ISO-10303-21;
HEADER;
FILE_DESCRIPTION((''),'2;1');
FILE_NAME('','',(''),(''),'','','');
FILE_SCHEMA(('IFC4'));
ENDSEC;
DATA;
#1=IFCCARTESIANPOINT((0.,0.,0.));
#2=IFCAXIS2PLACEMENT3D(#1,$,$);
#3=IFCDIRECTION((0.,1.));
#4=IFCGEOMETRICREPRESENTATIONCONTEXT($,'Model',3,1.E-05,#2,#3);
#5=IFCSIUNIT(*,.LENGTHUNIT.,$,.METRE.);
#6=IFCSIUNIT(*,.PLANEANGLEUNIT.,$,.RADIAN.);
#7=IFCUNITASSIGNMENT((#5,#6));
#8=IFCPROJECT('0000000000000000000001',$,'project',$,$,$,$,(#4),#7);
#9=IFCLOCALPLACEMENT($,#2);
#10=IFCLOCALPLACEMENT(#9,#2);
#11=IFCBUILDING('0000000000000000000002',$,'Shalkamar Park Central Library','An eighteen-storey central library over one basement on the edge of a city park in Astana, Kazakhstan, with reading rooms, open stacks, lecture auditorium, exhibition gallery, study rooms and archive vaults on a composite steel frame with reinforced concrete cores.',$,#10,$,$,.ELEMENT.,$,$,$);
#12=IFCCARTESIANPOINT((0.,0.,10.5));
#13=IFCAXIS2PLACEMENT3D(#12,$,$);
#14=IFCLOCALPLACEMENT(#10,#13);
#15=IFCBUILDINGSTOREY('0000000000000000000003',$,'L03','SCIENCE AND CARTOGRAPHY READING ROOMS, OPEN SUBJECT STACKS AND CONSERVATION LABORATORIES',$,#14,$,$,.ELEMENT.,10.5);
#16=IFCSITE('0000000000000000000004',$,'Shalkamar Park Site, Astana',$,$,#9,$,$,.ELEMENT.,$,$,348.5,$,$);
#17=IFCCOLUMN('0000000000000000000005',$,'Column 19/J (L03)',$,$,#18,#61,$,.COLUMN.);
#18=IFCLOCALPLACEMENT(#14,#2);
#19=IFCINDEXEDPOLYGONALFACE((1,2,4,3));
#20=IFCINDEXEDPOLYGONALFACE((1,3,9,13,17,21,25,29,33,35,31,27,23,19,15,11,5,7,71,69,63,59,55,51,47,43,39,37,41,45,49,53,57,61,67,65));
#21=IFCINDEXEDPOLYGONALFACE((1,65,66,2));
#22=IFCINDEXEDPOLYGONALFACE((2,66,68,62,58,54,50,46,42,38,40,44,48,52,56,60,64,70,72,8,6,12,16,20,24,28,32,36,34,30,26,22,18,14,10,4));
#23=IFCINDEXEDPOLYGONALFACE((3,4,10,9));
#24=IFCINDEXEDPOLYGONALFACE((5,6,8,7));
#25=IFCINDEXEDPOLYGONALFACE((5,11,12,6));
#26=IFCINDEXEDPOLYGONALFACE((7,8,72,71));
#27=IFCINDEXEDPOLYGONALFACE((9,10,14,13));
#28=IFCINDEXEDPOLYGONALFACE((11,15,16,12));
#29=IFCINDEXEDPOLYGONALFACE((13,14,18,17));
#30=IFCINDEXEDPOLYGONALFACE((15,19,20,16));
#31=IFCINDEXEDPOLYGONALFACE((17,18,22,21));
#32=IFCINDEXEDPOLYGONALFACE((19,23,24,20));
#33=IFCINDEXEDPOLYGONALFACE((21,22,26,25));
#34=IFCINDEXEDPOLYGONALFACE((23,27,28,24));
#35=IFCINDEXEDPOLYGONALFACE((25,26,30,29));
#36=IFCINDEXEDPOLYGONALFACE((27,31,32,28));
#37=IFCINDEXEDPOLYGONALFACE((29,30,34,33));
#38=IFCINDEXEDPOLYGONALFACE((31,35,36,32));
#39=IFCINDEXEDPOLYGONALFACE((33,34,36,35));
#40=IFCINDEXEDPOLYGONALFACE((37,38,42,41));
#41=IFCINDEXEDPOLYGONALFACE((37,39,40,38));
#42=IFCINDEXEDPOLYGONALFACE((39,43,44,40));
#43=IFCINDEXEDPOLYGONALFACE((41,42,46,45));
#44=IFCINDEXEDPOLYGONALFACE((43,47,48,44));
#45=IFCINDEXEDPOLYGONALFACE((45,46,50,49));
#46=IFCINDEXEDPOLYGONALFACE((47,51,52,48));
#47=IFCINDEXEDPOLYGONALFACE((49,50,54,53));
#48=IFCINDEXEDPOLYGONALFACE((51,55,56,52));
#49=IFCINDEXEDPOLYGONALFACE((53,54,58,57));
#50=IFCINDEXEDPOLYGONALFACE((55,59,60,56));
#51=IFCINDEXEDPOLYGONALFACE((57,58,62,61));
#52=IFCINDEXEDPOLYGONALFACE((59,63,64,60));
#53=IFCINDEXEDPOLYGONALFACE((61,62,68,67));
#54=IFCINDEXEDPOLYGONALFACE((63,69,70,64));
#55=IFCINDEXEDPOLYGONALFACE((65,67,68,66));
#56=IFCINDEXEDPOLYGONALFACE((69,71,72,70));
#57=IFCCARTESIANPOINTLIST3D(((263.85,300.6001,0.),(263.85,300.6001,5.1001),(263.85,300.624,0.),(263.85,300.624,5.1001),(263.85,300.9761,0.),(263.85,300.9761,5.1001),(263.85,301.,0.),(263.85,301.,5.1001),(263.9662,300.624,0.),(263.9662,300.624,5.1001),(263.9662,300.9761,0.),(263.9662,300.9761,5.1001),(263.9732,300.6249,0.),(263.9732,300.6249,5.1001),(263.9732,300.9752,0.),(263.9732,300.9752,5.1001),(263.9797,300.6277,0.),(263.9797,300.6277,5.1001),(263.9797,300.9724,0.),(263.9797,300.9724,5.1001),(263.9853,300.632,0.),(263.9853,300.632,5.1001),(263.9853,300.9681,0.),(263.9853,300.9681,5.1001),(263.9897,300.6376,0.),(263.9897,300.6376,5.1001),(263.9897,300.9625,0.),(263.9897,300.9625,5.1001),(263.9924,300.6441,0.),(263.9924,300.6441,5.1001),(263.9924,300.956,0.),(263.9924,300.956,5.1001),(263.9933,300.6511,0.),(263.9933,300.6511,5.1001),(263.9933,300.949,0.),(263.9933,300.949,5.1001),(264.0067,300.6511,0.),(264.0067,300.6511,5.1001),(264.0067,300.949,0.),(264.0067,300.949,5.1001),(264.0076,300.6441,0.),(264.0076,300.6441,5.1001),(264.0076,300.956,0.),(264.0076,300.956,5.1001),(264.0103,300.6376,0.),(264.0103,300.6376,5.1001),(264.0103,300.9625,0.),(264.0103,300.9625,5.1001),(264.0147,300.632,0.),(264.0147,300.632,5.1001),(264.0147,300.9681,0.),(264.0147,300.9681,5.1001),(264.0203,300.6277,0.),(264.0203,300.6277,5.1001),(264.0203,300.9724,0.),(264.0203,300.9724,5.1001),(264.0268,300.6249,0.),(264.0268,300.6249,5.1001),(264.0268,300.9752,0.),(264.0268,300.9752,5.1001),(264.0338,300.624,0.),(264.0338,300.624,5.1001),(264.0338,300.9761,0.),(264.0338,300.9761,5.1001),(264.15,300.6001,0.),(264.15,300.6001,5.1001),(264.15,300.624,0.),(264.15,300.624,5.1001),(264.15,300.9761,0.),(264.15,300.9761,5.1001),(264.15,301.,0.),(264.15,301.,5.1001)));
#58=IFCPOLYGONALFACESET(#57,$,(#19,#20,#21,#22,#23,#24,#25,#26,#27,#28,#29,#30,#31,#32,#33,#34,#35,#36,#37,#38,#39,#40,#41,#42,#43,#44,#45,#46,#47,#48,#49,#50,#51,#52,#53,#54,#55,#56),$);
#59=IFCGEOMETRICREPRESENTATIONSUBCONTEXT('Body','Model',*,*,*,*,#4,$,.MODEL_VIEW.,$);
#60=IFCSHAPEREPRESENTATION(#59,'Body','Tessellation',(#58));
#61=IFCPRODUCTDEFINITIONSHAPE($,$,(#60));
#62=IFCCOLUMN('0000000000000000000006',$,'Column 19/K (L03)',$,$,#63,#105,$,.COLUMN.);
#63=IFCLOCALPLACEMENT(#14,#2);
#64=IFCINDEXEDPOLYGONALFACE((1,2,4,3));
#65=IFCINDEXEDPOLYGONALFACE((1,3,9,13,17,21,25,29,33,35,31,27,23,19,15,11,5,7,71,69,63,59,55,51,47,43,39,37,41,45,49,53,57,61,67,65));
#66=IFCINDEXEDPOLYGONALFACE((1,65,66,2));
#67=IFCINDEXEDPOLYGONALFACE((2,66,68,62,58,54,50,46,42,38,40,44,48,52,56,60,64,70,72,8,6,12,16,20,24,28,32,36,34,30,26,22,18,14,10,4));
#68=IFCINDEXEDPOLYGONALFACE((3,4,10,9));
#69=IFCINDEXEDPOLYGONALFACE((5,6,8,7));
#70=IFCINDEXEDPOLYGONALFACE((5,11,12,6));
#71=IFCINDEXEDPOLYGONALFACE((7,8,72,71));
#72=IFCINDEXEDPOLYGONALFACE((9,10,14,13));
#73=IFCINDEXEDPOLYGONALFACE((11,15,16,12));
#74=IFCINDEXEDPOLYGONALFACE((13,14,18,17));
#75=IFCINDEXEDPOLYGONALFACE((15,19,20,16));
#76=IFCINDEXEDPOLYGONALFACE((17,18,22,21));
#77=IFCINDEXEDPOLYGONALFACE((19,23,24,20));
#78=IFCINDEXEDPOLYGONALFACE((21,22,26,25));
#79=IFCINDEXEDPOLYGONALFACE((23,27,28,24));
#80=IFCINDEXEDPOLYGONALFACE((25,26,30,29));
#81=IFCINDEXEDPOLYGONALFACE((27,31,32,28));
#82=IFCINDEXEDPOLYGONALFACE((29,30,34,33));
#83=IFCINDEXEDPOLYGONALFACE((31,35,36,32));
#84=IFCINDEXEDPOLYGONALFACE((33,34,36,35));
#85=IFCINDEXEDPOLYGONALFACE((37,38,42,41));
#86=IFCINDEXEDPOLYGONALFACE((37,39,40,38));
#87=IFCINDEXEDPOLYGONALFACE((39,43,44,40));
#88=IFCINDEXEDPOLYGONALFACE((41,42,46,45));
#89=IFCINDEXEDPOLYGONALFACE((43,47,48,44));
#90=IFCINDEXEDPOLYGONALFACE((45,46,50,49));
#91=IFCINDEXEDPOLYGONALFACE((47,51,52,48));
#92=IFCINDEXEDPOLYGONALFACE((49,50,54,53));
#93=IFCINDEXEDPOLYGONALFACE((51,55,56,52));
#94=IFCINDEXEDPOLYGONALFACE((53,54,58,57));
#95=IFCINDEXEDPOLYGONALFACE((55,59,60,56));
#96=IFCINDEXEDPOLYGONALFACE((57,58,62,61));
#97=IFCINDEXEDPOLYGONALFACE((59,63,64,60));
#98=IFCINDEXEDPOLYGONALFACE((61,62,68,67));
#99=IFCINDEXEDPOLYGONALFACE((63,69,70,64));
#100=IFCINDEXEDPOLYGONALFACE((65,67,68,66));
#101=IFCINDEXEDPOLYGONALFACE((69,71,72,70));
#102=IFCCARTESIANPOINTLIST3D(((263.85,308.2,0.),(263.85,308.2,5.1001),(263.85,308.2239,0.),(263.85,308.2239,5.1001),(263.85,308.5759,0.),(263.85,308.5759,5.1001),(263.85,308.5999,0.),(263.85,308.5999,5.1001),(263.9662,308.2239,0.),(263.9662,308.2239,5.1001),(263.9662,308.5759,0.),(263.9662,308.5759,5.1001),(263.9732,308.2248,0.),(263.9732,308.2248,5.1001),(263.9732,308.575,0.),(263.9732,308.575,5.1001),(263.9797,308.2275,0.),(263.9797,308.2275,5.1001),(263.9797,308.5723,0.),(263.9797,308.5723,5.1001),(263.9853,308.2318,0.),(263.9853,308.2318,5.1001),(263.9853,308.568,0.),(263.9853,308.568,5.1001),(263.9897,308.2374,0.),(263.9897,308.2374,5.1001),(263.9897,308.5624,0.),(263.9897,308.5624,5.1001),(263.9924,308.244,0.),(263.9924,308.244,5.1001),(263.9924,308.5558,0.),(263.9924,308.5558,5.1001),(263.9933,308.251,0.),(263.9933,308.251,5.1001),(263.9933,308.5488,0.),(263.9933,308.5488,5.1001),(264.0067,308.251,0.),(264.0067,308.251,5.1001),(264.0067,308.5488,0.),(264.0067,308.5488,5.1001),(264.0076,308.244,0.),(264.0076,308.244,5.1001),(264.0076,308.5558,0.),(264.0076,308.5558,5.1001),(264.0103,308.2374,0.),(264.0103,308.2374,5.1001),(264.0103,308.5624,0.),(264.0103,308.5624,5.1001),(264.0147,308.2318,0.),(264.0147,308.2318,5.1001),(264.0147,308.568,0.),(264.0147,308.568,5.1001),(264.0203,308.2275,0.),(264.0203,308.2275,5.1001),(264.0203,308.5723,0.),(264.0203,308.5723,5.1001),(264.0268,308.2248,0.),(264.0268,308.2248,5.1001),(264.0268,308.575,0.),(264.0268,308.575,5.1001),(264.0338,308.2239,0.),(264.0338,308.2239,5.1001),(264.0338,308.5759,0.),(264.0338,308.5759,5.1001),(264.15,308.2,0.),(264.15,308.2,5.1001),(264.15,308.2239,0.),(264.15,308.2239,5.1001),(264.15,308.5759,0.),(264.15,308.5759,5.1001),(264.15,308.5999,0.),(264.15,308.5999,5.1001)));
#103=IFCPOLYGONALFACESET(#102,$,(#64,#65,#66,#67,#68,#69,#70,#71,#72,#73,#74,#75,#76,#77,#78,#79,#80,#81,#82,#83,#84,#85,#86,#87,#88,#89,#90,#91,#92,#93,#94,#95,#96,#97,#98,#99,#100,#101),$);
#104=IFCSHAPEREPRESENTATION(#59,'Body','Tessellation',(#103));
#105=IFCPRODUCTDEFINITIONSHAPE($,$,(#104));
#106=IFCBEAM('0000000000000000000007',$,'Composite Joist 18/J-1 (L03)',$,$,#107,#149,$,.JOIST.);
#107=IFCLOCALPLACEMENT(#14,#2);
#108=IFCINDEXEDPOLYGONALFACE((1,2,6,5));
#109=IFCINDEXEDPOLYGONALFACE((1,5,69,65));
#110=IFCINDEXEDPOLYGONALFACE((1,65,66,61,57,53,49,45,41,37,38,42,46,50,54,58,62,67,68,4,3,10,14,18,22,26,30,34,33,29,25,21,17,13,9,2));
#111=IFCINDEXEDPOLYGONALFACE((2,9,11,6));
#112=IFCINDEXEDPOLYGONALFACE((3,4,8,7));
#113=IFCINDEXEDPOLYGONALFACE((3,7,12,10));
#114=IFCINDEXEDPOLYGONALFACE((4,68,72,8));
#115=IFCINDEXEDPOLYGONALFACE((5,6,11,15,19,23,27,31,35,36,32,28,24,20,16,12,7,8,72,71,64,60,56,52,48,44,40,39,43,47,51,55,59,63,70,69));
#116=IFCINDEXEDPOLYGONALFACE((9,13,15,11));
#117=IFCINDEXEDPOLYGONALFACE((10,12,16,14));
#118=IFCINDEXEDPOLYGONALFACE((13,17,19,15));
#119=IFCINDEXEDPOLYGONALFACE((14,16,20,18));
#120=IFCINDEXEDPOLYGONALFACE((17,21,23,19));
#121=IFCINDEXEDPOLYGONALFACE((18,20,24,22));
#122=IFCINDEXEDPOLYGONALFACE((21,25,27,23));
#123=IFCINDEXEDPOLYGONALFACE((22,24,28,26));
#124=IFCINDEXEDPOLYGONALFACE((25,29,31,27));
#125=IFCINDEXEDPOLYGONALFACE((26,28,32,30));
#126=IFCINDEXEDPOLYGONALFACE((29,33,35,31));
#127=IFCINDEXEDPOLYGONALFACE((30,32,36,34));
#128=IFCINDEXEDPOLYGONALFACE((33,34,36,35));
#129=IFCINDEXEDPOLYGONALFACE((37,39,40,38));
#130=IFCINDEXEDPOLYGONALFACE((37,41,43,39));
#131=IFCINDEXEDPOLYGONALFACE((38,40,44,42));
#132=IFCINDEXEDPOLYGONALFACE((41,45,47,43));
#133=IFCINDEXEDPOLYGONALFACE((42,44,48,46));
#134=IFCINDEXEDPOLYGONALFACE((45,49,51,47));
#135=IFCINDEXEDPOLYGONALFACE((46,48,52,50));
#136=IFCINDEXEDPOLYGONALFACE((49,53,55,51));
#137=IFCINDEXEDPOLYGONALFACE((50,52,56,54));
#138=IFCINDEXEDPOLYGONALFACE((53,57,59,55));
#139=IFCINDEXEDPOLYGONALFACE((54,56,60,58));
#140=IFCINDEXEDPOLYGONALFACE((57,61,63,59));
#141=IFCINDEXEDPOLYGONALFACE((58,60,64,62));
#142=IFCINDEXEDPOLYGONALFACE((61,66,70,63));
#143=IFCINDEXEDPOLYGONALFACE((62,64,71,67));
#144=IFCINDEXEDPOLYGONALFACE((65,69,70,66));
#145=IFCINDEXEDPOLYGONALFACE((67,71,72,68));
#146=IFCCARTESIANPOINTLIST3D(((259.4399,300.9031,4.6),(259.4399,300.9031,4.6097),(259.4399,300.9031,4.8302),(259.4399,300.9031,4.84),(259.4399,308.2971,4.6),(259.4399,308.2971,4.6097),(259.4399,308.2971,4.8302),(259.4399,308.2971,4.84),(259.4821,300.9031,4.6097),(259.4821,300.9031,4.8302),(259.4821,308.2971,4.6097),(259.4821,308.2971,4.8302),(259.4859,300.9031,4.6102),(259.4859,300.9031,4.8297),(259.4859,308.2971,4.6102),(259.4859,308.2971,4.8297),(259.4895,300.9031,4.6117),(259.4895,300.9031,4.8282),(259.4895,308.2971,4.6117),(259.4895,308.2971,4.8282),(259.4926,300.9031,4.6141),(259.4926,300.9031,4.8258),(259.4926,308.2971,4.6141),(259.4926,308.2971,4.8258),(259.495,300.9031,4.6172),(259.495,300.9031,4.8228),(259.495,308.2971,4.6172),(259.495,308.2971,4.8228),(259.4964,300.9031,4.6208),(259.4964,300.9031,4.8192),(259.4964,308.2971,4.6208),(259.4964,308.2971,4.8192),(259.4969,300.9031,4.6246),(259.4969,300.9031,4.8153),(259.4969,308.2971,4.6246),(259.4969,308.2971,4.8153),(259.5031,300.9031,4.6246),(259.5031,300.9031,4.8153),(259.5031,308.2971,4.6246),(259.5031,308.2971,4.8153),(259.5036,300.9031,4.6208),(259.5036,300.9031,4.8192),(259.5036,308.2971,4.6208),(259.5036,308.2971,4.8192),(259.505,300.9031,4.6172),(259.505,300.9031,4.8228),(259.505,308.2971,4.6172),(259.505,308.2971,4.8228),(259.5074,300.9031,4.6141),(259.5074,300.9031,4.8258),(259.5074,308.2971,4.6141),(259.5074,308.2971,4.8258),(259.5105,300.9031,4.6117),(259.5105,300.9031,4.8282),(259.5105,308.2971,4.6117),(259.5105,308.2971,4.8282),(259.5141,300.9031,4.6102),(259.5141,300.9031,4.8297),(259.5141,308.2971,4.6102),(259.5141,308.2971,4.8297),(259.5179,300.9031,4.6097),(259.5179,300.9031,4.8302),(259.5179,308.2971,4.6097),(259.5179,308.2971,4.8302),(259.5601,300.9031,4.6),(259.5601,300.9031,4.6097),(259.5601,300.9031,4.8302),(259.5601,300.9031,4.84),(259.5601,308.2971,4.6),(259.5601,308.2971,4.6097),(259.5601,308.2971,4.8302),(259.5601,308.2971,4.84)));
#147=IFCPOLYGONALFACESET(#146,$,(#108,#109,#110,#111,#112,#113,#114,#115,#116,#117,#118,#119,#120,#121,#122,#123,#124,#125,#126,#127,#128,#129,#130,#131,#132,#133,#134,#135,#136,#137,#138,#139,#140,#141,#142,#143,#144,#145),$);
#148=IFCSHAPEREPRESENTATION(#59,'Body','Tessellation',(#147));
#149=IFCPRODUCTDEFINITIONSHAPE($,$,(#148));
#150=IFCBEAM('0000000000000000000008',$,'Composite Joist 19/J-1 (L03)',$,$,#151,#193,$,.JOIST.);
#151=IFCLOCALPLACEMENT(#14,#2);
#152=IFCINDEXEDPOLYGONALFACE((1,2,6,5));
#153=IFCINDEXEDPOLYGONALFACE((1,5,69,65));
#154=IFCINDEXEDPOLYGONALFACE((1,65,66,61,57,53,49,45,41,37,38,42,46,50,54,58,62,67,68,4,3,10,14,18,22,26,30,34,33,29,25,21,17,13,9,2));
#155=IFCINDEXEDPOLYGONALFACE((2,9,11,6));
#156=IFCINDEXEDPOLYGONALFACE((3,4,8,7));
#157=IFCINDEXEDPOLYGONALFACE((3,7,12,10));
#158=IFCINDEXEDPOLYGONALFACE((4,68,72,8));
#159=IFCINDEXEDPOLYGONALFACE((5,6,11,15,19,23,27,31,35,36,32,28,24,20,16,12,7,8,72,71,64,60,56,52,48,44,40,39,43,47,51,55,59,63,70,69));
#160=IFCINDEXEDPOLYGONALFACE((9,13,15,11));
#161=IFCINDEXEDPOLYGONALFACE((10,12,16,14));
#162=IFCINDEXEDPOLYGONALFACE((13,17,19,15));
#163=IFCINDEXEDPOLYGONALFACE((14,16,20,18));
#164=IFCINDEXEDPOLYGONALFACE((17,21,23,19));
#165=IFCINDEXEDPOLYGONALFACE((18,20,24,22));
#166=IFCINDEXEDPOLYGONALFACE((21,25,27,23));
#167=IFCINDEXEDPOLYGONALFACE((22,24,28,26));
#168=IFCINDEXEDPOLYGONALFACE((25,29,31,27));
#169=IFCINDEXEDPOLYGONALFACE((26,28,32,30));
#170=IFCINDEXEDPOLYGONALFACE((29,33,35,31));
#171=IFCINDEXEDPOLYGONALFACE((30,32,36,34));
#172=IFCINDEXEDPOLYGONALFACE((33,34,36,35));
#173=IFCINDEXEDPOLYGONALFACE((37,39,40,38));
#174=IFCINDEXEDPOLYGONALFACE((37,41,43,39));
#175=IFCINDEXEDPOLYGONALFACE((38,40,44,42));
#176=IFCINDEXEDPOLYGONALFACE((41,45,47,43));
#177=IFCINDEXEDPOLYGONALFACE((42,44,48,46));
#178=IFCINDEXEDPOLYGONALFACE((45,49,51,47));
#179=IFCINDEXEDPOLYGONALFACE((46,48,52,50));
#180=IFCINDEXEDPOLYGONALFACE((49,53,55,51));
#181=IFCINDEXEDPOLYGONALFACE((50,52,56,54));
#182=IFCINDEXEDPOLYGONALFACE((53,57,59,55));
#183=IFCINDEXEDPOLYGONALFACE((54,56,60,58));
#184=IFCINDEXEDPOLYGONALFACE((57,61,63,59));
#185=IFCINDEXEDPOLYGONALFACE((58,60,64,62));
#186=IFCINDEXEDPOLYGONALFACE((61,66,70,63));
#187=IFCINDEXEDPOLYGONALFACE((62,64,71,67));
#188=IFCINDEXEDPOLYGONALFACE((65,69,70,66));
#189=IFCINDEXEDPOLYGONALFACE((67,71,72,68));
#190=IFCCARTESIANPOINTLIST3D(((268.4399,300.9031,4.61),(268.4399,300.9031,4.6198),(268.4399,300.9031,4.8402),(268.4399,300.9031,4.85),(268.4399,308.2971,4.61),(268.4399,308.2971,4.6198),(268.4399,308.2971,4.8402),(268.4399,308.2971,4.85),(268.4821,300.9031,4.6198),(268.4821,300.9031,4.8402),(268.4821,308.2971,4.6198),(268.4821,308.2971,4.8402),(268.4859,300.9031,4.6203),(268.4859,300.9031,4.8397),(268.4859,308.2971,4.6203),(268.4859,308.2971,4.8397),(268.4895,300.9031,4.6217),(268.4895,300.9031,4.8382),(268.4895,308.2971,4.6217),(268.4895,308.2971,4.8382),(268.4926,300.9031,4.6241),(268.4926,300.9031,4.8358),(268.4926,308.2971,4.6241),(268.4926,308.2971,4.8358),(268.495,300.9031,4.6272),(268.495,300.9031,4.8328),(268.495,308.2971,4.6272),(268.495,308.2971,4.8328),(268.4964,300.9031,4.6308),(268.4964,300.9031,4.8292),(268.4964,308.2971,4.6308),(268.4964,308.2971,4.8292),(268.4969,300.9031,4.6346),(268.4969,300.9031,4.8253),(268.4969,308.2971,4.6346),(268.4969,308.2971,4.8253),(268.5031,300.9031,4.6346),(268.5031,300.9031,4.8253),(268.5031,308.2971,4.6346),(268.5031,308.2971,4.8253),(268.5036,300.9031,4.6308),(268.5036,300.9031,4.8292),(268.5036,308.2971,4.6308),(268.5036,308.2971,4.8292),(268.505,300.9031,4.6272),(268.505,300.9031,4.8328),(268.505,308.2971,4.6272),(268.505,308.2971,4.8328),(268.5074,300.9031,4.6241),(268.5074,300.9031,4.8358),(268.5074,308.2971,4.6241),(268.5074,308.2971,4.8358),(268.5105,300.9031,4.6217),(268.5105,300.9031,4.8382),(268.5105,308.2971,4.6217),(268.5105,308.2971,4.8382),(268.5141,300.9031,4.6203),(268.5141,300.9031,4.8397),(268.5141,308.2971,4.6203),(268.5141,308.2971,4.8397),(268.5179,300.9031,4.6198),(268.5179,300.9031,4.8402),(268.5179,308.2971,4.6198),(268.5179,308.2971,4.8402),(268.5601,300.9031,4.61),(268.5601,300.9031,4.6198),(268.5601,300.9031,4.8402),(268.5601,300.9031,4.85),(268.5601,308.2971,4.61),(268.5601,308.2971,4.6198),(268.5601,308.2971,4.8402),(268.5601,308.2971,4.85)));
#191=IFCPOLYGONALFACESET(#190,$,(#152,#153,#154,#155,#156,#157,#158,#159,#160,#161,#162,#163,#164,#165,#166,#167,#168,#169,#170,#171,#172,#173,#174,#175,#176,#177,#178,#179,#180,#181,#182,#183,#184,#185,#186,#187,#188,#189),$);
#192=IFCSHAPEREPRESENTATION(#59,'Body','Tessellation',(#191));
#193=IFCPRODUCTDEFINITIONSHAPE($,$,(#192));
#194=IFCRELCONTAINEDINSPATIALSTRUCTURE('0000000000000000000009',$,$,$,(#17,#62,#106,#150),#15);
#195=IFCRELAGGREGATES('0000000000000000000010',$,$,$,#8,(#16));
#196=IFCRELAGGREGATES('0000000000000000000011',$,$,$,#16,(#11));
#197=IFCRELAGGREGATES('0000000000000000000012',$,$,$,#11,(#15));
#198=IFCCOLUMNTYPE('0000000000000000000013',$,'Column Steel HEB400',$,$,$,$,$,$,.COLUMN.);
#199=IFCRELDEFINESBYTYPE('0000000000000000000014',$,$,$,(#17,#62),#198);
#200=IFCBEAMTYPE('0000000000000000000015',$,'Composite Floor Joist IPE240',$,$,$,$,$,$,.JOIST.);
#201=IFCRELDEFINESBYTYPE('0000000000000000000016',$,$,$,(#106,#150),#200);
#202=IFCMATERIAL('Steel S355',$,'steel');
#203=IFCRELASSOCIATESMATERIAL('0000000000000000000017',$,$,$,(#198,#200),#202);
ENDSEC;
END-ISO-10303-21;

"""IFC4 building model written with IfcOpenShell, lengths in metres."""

from ifc_helpers import new_model, si_unit, direction, frame, origin, origin_2d, place, context, subcontext, project, spatial, i_section, extrude, material, material_profile, profile_set, type_object, element, save


model = new_model("IFC4")

# Units and contexts
model_context = context("Model", 3, precision=1e-05, world=origin(), true_north=direction((0.0, 1.0)))
body_context = subcontext(model_context, "Body", "Model", "MODEL_VIEW")
ifc_project = project(units=[si_unit("LENGTHUNIT", "METRE"), si_unit("PLANEANGLEUNIT", "RADIAN")], contexts=[model_context])

# Site, building, storey
site_placement = place(None, origin())
site = spatial("IfcSite", under=ifc_project, at=site_placement, Name="Shalkamar Park Site, Astana", CompositionType="ELEMENT", RefElevation=348.5)
building_placement = place(site_placement, origin())
building = spatial("IfcBuilding", under=site, at=building_placement, Name="Shalkamar Park Central Library", Description="An eighteen-storey central library over one basement on the edge of a city park in Astana, Kazakhstan, with reading rooms, open stacks, lecture auditorium, exhibition gallery, study rooms and archive vaults on a composite steel frame with reinforced concrete cores.", CompositionType="ELEMENT")
storey_placement = place(building_placement, frame((0.0, 0.0, 10.5)))
storey = spatial("IfcBuildingStorey", under=building, at=storey_placement, Name="L03", Description="SCIENCE AND CARTOGRAPHY READING ROOMS, OPEN SUBJECT STACKS AND CONSERVATION LABORATORIES", CompositionType="ELEMENT", Elevation=10.5)

# Columns
ifc_material_1 = material(Name="Steel S355", Category="steel")
ifc_material_profile_1 = material_profile(ifc_material_1, i_section(OverallWidth=0.3, OverallDepth=0.3999, WebThickness=0.0134, FlangeThickness=0.0239, FilletRadius=0.0271, at=origin_2d()), Name="HEB 400")
ifc_profile_set_1 = profile_set([ifc_material_profile_1], Name="Steel S355")
column_type_1 = type_object("IfcColumnType", Name="Column Steel HEB400", PredefinedType="COLUMN", material=ifc_profile_set_1)
for number, where, z_axis, x_axis, name in (
    (1, (264.0, 300.8, 0.0), (0.0, 0.0, 1.0), (1.0, 0.0, 0.0), "Column 19/J (L03)"),
    (2, (264.0, 308.3999, 0.0), (0.0, 0.0, 1.0), (1.0, 0.0, 0.0), "Column 19/K (L03)"),
):
    element("IfcColumn", number, at=place(storey_placement, frame(where, z_axis=z_axis, x_axis=x_axis)), inside=storey, type_object=column_type_1, Name=name, PredefinedType="COLUMN", context=body_context, shape_type="SweptSolid", body=[
        extrude(i_section(OverallWidth=0.3, OverallDepth=0.3999, WebThickness=0.0134, FlangeThickness=0.0239, FilletRadius=0.0271, at=origin_2d()), origin(), (0.0, 0.0, 1.0), 5.1001),
    ])

# Beams
ifc_material_profile_2 = material_profile(ifc_material_1, i_section(OverallWidth=0.1201, OverallDepth=0.24, WebThickness=0.0061, FlangeThickness=0.0098, FilletRadius=0.0149, at=origin_2d()), Name="IPE 240")
ifc_profile_set_2 = profile_set([ifc_material_profile_2], Name="Steel S355")
beam_type_1 = type_object("IfcBeamType", Name="Composite Floor Joist IPE240", PredefinedType="JOIST", material=ifc_profile_set_2)
for number, where, z_axis, x_axis, name in (
    (3, (259.5, 300.9031, 4.72), (0.0, 1.0, 0.0), (-1.0, 0.0, 0.0), "Composite Joist 18/J-1 (L03)"),
    (4, (268.5, 300.9031, 4.73), (0.0, 1.0, 0.0), (-1.0, 0.0, 0.0), "Composite Joist 19/J-1 (L03)"),
):
    element("IfcBeam", number, at=place(storey_placement, frame(where, z_axis=z_axis, x_axis=x_axis)), inside=storey, type_object=beam_type_1, Name=name, PredefinedType="JOIST", context=body_context, shape_type="SweptSolid", body=[
        extrude(i_section(OverallWidth=0.1201, OverallDepth=0.24, WebThickness=0.0061, FlangeThickness=0.0098, FilletRadius=0.0149, at=origin_2d()), origin(), (0.0, 0.0, 1.0), 7.394),
    ])

save(model, "model.ifc")
